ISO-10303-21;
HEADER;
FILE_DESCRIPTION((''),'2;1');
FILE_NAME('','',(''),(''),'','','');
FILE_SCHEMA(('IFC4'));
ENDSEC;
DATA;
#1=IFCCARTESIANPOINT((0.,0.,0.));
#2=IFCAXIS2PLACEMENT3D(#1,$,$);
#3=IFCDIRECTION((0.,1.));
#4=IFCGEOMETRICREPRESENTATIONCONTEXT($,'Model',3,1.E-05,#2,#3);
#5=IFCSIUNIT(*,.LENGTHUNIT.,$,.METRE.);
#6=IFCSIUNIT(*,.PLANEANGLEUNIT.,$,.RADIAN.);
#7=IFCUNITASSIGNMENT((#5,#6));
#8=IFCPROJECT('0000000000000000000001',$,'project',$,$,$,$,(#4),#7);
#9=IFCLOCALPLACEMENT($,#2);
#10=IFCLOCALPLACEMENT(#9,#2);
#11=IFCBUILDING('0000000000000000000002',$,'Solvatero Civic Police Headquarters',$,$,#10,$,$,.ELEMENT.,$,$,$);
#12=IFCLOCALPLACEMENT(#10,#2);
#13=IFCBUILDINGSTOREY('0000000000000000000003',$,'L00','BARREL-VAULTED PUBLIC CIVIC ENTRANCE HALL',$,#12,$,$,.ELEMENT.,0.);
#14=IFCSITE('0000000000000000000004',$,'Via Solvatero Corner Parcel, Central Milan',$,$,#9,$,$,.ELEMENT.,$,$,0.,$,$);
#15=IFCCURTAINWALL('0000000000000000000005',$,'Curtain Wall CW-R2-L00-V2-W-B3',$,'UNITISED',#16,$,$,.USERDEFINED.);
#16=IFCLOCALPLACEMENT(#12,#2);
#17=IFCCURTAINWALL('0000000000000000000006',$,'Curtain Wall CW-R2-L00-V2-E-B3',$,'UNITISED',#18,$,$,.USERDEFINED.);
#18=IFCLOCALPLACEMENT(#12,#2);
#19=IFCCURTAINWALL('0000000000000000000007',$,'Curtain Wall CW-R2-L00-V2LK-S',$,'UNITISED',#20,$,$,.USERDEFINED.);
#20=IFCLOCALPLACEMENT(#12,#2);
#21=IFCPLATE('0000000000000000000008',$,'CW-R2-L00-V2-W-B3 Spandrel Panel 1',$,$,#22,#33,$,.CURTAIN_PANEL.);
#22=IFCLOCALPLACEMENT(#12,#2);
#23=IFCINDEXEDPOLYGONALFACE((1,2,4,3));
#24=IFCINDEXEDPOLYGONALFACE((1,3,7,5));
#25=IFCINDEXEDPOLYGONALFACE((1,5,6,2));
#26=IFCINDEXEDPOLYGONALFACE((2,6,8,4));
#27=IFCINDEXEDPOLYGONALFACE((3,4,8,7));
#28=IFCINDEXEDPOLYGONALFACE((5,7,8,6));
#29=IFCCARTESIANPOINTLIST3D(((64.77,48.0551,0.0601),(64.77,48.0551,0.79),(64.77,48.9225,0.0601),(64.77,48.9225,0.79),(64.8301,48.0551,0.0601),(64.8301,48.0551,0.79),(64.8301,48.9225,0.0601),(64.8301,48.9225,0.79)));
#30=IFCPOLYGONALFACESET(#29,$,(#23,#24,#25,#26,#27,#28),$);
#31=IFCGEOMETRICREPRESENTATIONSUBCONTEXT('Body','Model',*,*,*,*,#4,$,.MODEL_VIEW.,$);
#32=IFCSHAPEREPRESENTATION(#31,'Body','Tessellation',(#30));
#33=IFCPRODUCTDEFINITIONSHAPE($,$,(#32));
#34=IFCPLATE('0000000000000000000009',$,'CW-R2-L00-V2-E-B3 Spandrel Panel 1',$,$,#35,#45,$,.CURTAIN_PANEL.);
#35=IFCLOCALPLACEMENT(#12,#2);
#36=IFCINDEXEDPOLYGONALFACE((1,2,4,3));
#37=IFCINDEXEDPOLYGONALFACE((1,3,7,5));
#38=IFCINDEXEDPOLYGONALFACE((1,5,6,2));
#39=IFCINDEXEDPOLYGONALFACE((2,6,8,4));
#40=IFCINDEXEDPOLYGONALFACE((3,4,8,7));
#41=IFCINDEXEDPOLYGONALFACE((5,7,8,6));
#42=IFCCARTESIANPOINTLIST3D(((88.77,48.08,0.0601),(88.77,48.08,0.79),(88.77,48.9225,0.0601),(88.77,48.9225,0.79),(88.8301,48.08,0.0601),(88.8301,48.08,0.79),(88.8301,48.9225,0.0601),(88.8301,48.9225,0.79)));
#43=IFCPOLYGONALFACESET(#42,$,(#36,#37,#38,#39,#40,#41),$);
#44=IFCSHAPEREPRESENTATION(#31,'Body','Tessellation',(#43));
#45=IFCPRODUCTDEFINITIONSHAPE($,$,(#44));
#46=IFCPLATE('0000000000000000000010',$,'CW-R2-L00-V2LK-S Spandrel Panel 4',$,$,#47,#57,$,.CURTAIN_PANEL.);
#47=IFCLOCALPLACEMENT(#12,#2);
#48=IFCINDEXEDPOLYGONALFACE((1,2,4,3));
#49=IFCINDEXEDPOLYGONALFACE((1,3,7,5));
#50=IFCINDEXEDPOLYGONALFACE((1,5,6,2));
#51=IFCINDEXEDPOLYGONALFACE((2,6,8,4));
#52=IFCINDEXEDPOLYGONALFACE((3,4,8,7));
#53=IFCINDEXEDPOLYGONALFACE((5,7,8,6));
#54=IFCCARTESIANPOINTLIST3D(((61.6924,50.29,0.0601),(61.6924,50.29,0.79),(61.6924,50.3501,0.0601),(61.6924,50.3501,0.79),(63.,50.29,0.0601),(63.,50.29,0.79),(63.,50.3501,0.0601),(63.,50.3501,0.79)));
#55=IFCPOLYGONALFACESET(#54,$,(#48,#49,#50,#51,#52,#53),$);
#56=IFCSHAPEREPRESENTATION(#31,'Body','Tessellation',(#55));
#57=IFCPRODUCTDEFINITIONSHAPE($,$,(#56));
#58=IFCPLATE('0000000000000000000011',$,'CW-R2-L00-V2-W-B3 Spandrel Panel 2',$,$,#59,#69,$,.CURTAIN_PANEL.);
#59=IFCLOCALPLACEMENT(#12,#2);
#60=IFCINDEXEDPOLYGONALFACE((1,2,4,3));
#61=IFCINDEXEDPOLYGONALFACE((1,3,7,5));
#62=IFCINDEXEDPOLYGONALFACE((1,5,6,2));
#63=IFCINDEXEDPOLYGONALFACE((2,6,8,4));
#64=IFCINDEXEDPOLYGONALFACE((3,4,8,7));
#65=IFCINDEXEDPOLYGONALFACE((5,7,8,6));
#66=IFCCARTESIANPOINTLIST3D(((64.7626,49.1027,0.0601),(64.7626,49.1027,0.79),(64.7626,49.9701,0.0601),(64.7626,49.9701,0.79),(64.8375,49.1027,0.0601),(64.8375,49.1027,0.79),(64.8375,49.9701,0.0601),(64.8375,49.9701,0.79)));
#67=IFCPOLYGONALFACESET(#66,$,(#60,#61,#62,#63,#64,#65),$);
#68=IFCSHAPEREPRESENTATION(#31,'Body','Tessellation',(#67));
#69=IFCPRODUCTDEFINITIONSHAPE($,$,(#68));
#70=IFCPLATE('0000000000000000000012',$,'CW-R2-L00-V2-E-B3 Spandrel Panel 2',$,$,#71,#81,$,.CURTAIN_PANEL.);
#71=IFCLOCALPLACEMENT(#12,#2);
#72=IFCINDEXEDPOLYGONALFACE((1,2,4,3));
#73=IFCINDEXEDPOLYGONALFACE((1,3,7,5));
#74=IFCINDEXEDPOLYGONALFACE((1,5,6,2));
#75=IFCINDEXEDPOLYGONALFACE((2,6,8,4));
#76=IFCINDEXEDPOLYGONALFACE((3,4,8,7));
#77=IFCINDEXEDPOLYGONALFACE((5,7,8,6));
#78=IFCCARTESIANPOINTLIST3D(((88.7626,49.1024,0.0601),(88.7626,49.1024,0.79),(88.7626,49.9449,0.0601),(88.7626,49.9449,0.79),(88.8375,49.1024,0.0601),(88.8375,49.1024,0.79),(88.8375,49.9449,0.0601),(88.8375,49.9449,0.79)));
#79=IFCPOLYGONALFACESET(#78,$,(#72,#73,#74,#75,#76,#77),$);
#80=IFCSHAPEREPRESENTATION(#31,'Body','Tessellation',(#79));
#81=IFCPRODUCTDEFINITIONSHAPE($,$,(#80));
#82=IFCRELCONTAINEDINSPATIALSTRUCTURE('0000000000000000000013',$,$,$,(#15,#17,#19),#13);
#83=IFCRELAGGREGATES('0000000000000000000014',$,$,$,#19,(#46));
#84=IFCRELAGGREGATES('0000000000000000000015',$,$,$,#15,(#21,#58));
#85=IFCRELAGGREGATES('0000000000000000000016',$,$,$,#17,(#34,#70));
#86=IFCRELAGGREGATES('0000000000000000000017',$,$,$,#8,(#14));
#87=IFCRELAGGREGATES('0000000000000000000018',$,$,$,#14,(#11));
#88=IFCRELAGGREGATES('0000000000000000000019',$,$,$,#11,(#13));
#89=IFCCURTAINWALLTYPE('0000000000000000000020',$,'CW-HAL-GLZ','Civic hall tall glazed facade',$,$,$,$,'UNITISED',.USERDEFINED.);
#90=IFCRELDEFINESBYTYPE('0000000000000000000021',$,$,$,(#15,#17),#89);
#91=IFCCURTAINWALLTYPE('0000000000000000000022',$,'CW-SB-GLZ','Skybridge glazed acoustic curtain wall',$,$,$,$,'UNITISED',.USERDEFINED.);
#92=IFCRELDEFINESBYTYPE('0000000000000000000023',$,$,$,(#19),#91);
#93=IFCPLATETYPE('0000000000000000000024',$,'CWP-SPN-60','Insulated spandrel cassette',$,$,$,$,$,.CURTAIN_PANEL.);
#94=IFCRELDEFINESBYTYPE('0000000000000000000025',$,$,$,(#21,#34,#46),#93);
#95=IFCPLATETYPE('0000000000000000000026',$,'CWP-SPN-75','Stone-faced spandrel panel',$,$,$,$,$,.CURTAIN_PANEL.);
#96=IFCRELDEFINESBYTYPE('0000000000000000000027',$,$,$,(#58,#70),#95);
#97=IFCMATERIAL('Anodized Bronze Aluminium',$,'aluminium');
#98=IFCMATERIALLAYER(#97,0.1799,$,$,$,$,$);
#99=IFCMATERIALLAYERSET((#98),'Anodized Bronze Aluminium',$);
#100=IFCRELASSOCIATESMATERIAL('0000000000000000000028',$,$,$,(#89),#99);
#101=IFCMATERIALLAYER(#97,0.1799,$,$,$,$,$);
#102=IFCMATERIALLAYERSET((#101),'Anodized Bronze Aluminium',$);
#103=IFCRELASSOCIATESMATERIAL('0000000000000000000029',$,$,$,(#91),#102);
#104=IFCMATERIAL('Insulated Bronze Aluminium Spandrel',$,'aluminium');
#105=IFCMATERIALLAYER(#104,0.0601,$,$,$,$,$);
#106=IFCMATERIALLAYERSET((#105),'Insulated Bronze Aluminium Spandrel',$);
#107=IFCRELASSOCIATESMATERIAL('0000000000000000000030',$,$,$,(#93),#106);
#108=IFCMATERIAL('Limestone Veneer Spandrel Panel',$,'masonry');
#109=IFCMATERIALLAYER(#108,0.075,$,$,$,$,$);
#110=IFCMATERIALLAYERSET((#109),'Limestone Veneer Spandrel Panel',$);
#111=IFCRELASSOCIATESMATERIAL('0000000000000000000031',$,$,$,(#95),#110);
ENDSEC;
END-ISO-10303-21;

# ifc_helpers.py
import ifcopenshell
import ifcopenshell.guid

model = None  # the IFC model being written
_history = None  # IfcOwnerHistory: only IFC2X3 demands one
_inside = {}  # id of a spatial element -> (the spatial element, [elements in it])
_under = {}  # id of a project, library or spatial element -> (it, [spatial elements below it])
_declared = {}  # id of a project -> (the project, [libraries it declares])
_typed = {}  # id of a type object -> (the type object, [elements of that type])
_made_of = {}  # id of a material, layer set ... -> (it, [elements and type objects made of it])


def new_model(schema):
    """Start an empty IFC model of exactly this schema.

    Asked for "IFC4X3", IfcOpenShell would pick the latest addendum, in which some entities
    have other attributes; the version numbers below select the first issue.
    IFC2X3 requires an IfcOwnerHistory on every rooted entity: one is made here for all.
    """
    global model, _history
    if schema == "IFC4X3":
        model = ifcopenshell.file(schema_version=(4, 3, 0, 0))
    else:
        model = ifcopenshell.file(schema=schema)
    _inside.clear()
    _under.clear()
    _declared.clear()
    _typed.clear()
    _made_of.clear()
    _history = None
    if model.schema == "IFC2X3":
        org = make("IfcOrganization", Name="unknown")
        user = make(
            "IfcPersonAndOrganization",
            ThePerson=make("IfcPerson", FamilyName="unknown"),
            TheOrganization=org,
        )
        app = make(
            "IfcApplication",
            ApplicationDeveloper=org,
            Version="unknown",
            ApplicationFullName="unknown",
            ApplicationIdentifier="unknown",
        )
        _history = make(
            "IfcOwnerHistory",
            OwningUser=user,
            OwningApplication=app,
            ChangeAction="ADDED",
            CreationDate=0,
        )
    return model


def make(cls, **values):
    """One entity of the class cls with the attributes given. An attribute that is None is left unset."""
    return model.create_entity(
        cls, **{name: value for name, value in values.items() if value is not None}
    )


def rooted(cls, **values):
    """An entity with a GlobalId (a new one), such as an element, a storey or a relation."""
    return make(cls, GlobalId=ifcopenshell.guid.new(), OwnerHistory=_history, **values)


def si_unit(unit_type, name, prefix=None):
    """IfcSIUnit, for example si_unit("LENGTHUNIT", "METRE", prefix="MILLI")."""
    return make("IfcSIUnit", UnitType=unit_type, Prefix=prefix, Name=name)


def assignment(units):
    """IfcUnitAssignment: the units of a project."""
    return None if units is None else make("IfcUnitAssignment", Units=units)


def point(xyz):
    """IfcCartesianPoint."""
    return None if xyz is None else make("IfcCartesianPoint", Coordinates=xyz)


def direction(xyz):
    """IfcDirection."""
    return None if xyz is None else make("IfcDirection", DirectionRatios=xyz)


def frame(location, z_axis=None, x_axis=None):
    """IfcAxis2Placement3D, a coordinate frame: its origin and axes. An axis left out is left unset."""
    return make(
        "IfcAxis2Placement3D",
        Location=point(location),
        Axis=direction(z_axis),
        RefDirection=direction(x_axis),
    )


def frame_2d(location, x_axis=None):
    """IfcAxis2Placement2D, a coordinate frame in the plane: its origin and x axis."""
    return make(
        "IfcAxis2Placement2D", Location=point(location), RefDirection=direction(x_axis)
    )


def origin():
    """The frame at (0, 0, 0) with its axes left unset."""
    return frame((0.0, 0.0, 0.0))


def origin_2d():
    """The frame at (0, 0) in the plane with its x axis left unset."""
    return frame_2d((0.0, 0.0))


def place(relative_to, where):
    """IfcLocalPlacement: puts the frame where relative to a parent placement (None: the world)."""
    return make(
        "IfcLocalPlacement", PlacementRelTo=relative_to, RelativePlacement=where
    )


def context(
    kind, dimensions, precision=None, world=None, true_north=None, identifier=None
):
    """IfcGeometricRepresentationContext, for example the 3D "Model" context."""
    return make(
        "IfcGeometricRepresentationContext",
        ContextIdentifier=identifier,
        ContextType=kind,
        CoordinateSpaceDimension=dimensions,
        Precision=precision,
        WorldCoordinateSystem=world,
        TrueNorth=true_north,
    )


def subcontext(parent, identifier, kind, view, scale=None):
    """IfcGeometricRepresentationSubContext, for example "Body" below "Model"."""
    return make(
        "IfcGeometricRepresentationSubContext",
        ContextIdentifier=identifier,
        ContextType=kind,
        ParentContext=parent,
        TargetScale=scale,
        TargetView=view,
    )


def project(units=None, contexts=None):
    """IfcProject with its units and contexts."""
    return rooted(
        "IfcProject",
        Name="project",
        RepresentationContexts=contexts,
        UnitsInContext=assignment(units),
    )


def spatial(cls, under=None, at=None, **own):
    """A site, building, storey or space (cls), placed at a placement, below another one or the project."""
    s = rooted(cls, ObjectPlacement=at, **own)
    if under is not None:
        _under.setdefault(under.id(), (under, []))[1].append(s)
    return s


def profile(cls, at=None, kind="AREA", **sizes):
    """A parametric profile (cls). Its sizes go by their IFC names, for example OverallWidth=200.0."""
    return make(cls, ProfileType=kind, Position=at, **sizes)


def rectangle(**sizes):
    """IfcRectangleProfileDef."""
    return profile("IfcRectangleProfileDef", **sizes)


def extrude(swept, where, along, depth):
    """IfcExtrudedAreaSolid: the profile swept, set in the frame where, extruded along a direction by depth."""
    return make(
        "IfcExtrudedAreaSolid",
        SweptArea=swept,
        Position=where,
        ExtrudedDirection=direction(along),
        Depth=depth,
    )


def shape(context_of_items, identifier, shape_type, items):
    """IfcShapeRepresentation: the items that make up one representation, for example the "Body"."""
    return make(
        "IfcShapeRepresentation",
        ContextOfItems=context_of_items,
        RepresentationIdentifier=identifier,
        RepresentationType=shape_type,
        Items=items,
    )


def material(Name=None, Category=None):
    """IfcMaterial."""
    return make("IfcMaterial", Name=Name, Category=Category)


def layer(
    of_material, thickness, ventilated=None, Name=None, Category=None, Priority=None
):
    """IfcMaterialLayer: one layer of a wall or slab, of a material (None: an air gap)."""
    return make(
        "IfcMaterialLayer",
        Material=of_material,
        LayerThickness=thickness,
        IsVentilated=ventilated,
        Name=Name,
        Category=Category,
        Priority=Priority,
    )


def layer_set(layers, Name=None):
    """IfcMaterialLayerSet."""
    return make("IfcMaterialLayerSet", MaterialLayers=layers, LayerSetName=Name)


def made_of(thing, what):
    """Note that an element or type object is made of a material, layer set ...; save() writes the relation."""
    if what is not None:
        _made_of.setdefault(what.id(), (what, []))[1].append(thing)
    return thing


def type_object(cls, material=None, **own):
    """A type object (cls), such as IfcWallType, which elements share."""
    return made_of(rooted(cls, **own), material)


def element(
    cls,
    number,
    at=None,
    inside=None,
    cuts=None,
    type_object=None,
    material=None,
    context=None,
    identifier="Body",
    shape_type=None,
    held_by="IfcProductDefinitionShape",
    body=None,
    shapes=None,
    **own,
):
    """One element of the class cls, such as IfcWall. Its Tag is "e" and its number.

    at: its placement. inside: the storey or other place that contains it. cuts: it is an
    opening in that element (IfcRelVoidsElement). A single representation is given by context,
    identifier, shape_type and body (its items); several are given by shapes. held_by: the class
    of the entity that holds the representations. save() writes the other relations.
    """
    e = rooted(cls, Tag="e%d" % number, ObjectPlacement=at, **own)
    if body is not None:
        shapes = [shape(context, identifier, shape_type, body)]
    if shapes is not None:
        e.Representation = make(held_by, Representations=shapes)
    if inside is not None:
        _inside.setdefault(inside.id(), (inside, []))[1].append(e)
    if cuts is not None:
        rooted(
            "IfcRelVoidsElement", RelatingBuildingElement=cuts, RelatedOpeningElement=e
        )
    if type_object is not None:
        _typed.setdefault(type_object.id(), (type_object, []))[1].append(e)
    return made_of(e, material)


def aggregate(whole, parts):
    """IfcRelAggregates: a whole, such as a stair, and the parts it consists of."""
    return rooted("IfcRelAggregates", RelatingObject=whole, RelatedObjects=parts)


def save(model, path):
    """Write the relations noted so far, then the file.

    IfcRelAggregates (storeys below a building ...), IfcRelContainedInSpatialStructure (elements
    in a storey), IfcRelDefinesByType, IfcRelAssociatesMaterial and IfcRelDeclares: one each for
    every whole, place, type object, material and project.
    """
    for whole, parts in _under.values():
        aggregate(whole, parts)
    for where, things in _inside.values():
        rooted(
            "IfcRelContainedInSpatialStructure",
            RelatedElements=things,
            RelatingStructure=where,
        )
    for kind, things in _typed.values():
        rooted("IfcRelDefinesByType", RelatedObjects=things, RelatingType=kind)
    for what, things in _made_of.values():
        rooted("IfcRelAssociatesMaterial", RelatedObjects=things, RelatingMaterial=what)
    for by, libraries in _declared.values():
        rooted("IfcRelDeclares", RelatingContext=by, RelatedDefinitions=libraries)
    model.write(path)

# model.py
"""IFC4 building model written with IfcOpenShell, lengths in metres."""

from ifc_helpers import new_model, si_unit, direction, frame, origin, origin_2d, place, context, subcontext, project, spatial, rectangle, extrude, material, layer, layer_set, type_object, element, aggregate, save


model = new_model("IFC4")

# Units and contexts
model_context = context("Model", 3, precision=1e-05, world=origin(), true_north=direction((0.0, 1.0)))
body_context = subcontext(model_context, "Body", "Model", "MODEL_VIEW")
ifc_project = project(units=[si_unit("LENGTHUNIT", "METRE"), si_unit("PLANEANGLEUNIT", "RADIAN")], contexts=[model_context])

# Site, building, storey
site_placement = place(None, origin())
site = spatial("IfcSite", under=ifc_project, at=site_placement, Name="Via Solvatero Corner Parcel, Central Milan", CompositionType="ELEMENT", RefElevation=0.0)
building_placement = place(site_placement, origin())
building = spatial("IfcBuilding", under=site, at=building_placement, Name="Solvatero Civic Police Headquarters", CompositionType="ELEMENT")
storey_placement = place(building_placement, origin())
storey = spatial("IfcBuildingStorey", under=building, at=storey_placement, Name="L00", Description="BARREL-VAULTED PUBLIC CIVIC ENTRANCE HALL", CompositionType="ELEMENT", Elevation=0.0)

# Curtain walls
ifc_material_1 = material(Name="Anodized Bronze Aluminium", Category="aluminium")
ifc_layer_1 = layer(ifc_material_1, 0.1799)
ifc_layer_set_1 = layer_set([ifc_layer_1], Name="Anodized Bronze Aluminium")
curtain_wall_type_1 = type_object("IfcCurtainWallType", Name="CW-HAL-GLZ", Description="Civic hall tall glazed facade", ElementType="UNITISED", PredefinedType="USERDEFINED", material=ifc_layer_set_1)
curtain_wall_1_placement = place(storey_placement, origin())
curtain_wall_1 = element("IfcCurtainWall", 1, at=curtain_wall_1_placement, inside=storey, type_object=curtain_wall_type_1, Name="Curtain Wall CW-R2-L00-V2-W-B3", ObjectType="UNITISED", PredefinedType="USERDEFINED")
curtain_wall_2_placement = place(storey_placement, origin())
curtain_wall_2 = element("IfcCurtainWall", 2, at=curtain_wall_2_placement, inside=storey, type_object=curtain_wall_type_1, Name="Curtain Wall CW-R2-L00-V2-E-B3", ObjectType="UNITISED", PredefinedType="USERDEFINED")
ifc_layer_2 = layer(ifc_material_1, 0.1799)
ifc_layer_set_2 = layer_set([ifc_layer_2], Name="Anodized Bronze Aluminium")
curtain_wall_type_2 = type_object("IfcCurtainWallType", Name="CW-SB-GLZ", Description="Skybridge glazed acoustic curtain wall", ElementType="UNITISED", PredefinedType="USERDEFINED", material=ifc_layer_set_2)
curtain_wall_3_placement = place(storey_placement, origin())
curtain_wall_3 = element("IfcCurtainWall", 3, at=curtain_wall_3_placement, inside=storey, type_object=curtain_wall_type_2, Name="Curtain Wall CW-R2-L00-V2LK-S", ObjectType="UNITISED", PredefinedType="USERDEFINED")

# Plates
ifc_material_2 = material(Name="Insulated Bronze Aluminium Spandrel", Category="aluminium")
ifc_layer_3 = layer(ifc_material_2, 0.0601)
ifc_layer_set_3 = layer_set([ifc_layer_3], Name="Insulated Bronze Aluminium Spandrel")
plate_type_1 = type_object("IfcPlateType", Name="CWP-SPN-60", Description="Insulated spandrel cassette", PredefinedType="CURTAIN_PANEL", material=ifc_layer_set_3)
plate_1_placement = place(storey_placement, frame((64.8, 48.4888, 0.0601), z_axis=(0.0, 0.0, 1.0), x_axis=(0.0, 1.0, 0.0)))
plate_1 = element("IfcPlate", 4, at=plate_1_placement, type_object=plate_type_1, Name="CW-R2-L00-V2-W-B3 Spandrel Panel 1", PredefinedType="CURTAIN_PANEL", context=body_context, shape_type="SweptSolid", body=[
    extrude(rectangle(XDim=0.8674, YDim=0.0601, at=origin_2d()), origin(), (0.0, 0.0, 1.0), 0.73),
])
plate_2_placement = place(storey_placement, frame((88.8, 48.5012, 0.0601), z_axis=(0.0, 0.0, 1.0), x_axis=(0.0, 1.0, 0.0)))
plate_2 = element("IfcPlate", 5, at=plate_2_placement, type_object=plate_type_1, Name="CW-R2-L00-V2-E-B3 Spandrel Panel 1", PredefinedType="CURTAIN_PANEL", context=body_context, shape_type="SweptSolid", body=[
    extrude(rectangle(XDim=0.8425, YDim=0.0601, at=origin_2d()), origin(), (0.0, 0.0, 1.0), 0.73),
])
plate_3_placement = place(storey_placement, frame((62.3462, 50.3201, 0.0601), z_axis=(0.0, 0.0, 1.0), x_axis=(1.0, 0.0, 0.0)))
plate_3 = element("IfcPlate", 6, at=plate_3_placement, type_object=plate_type_1, Name="CW-R2-L00-V2LK-S Spandrel Panel 4", PredefinedType="CURTAIN_PANEL", context=body_context, shape_type="SweptSolid", body=[
    extrude(rectangle(XDim=1.3076, YDim=0.0601, at=origin_2d()), origin(), (0.0, 0.0, 1.0), 0.73),
])
aggregate(curtain_wall_3, [plate_3])
ifc_material_3 = material(Name="Limestone Veneer Spandrel Panel", Category="masonry")
ifc_layer_4 = layer(ifc_material_3, 0.075)
ifc_layer_set_4 = layer_set([ifc_layer_4], Name="Limestone Veneer Spandrel Panel")
plate_type_2 = type_object("IfcPlateType", Name="CWP-SPN-75", Description="Stone-faced spandrel panel", PredefinedType="CURTAIN_PANEL", material=ifc_layer_set_4)
plate_4_placement = place(storey_placement, frame((64.8, 49.5364, 0.0601), z_axis=(0.0, 0.0, 1.0), x_axis=(0.0, 1.0, 0.0)))
plate_4 = element("IfcPlate", 7, at=plate_4_placement, type_object=plate_type_2, Name="CW-R2-L00-V2-W-B3 Spandrel Panel 2", PredefinedType="CURTAIN_PANEL", context=body_context, shape_type="SweptSolid", body=[
    extrude(rectangle(XDim=0.8674, YDim=0.075, at=origin_2d()), origin(), (0.0, 0.0, 1.0), 0.73),
])
aggregate(curtain_wall_1, [plate_1, plate_4])
plate_5_placement = place(storey_placement, frame((88.8, 49.5237, 0.0601), z_axis=(0.0, 0.0, 1.0), x_axis=(0.0, 1.0, 0.0)))
plate_5 = element("IfcPlate", 8, at=plate_5_placement, type_object=plate_type_2, Name="CW-R2-L00-V2-E-B3 Spandrel Panel 2", PredefinedType="CURTAIN_PANEL", context=body_context, shape_type="SweptSolid", body=[
    extrude(rectangle(XDim=0.8425, YDim=0.075, at=origin_2d()), origin(), (0.0, 0.0, 1.0), 0.73),
])
aggregate(curtain_wall_2, [plate_2, plate_5])

save(model, "model.ifc")
